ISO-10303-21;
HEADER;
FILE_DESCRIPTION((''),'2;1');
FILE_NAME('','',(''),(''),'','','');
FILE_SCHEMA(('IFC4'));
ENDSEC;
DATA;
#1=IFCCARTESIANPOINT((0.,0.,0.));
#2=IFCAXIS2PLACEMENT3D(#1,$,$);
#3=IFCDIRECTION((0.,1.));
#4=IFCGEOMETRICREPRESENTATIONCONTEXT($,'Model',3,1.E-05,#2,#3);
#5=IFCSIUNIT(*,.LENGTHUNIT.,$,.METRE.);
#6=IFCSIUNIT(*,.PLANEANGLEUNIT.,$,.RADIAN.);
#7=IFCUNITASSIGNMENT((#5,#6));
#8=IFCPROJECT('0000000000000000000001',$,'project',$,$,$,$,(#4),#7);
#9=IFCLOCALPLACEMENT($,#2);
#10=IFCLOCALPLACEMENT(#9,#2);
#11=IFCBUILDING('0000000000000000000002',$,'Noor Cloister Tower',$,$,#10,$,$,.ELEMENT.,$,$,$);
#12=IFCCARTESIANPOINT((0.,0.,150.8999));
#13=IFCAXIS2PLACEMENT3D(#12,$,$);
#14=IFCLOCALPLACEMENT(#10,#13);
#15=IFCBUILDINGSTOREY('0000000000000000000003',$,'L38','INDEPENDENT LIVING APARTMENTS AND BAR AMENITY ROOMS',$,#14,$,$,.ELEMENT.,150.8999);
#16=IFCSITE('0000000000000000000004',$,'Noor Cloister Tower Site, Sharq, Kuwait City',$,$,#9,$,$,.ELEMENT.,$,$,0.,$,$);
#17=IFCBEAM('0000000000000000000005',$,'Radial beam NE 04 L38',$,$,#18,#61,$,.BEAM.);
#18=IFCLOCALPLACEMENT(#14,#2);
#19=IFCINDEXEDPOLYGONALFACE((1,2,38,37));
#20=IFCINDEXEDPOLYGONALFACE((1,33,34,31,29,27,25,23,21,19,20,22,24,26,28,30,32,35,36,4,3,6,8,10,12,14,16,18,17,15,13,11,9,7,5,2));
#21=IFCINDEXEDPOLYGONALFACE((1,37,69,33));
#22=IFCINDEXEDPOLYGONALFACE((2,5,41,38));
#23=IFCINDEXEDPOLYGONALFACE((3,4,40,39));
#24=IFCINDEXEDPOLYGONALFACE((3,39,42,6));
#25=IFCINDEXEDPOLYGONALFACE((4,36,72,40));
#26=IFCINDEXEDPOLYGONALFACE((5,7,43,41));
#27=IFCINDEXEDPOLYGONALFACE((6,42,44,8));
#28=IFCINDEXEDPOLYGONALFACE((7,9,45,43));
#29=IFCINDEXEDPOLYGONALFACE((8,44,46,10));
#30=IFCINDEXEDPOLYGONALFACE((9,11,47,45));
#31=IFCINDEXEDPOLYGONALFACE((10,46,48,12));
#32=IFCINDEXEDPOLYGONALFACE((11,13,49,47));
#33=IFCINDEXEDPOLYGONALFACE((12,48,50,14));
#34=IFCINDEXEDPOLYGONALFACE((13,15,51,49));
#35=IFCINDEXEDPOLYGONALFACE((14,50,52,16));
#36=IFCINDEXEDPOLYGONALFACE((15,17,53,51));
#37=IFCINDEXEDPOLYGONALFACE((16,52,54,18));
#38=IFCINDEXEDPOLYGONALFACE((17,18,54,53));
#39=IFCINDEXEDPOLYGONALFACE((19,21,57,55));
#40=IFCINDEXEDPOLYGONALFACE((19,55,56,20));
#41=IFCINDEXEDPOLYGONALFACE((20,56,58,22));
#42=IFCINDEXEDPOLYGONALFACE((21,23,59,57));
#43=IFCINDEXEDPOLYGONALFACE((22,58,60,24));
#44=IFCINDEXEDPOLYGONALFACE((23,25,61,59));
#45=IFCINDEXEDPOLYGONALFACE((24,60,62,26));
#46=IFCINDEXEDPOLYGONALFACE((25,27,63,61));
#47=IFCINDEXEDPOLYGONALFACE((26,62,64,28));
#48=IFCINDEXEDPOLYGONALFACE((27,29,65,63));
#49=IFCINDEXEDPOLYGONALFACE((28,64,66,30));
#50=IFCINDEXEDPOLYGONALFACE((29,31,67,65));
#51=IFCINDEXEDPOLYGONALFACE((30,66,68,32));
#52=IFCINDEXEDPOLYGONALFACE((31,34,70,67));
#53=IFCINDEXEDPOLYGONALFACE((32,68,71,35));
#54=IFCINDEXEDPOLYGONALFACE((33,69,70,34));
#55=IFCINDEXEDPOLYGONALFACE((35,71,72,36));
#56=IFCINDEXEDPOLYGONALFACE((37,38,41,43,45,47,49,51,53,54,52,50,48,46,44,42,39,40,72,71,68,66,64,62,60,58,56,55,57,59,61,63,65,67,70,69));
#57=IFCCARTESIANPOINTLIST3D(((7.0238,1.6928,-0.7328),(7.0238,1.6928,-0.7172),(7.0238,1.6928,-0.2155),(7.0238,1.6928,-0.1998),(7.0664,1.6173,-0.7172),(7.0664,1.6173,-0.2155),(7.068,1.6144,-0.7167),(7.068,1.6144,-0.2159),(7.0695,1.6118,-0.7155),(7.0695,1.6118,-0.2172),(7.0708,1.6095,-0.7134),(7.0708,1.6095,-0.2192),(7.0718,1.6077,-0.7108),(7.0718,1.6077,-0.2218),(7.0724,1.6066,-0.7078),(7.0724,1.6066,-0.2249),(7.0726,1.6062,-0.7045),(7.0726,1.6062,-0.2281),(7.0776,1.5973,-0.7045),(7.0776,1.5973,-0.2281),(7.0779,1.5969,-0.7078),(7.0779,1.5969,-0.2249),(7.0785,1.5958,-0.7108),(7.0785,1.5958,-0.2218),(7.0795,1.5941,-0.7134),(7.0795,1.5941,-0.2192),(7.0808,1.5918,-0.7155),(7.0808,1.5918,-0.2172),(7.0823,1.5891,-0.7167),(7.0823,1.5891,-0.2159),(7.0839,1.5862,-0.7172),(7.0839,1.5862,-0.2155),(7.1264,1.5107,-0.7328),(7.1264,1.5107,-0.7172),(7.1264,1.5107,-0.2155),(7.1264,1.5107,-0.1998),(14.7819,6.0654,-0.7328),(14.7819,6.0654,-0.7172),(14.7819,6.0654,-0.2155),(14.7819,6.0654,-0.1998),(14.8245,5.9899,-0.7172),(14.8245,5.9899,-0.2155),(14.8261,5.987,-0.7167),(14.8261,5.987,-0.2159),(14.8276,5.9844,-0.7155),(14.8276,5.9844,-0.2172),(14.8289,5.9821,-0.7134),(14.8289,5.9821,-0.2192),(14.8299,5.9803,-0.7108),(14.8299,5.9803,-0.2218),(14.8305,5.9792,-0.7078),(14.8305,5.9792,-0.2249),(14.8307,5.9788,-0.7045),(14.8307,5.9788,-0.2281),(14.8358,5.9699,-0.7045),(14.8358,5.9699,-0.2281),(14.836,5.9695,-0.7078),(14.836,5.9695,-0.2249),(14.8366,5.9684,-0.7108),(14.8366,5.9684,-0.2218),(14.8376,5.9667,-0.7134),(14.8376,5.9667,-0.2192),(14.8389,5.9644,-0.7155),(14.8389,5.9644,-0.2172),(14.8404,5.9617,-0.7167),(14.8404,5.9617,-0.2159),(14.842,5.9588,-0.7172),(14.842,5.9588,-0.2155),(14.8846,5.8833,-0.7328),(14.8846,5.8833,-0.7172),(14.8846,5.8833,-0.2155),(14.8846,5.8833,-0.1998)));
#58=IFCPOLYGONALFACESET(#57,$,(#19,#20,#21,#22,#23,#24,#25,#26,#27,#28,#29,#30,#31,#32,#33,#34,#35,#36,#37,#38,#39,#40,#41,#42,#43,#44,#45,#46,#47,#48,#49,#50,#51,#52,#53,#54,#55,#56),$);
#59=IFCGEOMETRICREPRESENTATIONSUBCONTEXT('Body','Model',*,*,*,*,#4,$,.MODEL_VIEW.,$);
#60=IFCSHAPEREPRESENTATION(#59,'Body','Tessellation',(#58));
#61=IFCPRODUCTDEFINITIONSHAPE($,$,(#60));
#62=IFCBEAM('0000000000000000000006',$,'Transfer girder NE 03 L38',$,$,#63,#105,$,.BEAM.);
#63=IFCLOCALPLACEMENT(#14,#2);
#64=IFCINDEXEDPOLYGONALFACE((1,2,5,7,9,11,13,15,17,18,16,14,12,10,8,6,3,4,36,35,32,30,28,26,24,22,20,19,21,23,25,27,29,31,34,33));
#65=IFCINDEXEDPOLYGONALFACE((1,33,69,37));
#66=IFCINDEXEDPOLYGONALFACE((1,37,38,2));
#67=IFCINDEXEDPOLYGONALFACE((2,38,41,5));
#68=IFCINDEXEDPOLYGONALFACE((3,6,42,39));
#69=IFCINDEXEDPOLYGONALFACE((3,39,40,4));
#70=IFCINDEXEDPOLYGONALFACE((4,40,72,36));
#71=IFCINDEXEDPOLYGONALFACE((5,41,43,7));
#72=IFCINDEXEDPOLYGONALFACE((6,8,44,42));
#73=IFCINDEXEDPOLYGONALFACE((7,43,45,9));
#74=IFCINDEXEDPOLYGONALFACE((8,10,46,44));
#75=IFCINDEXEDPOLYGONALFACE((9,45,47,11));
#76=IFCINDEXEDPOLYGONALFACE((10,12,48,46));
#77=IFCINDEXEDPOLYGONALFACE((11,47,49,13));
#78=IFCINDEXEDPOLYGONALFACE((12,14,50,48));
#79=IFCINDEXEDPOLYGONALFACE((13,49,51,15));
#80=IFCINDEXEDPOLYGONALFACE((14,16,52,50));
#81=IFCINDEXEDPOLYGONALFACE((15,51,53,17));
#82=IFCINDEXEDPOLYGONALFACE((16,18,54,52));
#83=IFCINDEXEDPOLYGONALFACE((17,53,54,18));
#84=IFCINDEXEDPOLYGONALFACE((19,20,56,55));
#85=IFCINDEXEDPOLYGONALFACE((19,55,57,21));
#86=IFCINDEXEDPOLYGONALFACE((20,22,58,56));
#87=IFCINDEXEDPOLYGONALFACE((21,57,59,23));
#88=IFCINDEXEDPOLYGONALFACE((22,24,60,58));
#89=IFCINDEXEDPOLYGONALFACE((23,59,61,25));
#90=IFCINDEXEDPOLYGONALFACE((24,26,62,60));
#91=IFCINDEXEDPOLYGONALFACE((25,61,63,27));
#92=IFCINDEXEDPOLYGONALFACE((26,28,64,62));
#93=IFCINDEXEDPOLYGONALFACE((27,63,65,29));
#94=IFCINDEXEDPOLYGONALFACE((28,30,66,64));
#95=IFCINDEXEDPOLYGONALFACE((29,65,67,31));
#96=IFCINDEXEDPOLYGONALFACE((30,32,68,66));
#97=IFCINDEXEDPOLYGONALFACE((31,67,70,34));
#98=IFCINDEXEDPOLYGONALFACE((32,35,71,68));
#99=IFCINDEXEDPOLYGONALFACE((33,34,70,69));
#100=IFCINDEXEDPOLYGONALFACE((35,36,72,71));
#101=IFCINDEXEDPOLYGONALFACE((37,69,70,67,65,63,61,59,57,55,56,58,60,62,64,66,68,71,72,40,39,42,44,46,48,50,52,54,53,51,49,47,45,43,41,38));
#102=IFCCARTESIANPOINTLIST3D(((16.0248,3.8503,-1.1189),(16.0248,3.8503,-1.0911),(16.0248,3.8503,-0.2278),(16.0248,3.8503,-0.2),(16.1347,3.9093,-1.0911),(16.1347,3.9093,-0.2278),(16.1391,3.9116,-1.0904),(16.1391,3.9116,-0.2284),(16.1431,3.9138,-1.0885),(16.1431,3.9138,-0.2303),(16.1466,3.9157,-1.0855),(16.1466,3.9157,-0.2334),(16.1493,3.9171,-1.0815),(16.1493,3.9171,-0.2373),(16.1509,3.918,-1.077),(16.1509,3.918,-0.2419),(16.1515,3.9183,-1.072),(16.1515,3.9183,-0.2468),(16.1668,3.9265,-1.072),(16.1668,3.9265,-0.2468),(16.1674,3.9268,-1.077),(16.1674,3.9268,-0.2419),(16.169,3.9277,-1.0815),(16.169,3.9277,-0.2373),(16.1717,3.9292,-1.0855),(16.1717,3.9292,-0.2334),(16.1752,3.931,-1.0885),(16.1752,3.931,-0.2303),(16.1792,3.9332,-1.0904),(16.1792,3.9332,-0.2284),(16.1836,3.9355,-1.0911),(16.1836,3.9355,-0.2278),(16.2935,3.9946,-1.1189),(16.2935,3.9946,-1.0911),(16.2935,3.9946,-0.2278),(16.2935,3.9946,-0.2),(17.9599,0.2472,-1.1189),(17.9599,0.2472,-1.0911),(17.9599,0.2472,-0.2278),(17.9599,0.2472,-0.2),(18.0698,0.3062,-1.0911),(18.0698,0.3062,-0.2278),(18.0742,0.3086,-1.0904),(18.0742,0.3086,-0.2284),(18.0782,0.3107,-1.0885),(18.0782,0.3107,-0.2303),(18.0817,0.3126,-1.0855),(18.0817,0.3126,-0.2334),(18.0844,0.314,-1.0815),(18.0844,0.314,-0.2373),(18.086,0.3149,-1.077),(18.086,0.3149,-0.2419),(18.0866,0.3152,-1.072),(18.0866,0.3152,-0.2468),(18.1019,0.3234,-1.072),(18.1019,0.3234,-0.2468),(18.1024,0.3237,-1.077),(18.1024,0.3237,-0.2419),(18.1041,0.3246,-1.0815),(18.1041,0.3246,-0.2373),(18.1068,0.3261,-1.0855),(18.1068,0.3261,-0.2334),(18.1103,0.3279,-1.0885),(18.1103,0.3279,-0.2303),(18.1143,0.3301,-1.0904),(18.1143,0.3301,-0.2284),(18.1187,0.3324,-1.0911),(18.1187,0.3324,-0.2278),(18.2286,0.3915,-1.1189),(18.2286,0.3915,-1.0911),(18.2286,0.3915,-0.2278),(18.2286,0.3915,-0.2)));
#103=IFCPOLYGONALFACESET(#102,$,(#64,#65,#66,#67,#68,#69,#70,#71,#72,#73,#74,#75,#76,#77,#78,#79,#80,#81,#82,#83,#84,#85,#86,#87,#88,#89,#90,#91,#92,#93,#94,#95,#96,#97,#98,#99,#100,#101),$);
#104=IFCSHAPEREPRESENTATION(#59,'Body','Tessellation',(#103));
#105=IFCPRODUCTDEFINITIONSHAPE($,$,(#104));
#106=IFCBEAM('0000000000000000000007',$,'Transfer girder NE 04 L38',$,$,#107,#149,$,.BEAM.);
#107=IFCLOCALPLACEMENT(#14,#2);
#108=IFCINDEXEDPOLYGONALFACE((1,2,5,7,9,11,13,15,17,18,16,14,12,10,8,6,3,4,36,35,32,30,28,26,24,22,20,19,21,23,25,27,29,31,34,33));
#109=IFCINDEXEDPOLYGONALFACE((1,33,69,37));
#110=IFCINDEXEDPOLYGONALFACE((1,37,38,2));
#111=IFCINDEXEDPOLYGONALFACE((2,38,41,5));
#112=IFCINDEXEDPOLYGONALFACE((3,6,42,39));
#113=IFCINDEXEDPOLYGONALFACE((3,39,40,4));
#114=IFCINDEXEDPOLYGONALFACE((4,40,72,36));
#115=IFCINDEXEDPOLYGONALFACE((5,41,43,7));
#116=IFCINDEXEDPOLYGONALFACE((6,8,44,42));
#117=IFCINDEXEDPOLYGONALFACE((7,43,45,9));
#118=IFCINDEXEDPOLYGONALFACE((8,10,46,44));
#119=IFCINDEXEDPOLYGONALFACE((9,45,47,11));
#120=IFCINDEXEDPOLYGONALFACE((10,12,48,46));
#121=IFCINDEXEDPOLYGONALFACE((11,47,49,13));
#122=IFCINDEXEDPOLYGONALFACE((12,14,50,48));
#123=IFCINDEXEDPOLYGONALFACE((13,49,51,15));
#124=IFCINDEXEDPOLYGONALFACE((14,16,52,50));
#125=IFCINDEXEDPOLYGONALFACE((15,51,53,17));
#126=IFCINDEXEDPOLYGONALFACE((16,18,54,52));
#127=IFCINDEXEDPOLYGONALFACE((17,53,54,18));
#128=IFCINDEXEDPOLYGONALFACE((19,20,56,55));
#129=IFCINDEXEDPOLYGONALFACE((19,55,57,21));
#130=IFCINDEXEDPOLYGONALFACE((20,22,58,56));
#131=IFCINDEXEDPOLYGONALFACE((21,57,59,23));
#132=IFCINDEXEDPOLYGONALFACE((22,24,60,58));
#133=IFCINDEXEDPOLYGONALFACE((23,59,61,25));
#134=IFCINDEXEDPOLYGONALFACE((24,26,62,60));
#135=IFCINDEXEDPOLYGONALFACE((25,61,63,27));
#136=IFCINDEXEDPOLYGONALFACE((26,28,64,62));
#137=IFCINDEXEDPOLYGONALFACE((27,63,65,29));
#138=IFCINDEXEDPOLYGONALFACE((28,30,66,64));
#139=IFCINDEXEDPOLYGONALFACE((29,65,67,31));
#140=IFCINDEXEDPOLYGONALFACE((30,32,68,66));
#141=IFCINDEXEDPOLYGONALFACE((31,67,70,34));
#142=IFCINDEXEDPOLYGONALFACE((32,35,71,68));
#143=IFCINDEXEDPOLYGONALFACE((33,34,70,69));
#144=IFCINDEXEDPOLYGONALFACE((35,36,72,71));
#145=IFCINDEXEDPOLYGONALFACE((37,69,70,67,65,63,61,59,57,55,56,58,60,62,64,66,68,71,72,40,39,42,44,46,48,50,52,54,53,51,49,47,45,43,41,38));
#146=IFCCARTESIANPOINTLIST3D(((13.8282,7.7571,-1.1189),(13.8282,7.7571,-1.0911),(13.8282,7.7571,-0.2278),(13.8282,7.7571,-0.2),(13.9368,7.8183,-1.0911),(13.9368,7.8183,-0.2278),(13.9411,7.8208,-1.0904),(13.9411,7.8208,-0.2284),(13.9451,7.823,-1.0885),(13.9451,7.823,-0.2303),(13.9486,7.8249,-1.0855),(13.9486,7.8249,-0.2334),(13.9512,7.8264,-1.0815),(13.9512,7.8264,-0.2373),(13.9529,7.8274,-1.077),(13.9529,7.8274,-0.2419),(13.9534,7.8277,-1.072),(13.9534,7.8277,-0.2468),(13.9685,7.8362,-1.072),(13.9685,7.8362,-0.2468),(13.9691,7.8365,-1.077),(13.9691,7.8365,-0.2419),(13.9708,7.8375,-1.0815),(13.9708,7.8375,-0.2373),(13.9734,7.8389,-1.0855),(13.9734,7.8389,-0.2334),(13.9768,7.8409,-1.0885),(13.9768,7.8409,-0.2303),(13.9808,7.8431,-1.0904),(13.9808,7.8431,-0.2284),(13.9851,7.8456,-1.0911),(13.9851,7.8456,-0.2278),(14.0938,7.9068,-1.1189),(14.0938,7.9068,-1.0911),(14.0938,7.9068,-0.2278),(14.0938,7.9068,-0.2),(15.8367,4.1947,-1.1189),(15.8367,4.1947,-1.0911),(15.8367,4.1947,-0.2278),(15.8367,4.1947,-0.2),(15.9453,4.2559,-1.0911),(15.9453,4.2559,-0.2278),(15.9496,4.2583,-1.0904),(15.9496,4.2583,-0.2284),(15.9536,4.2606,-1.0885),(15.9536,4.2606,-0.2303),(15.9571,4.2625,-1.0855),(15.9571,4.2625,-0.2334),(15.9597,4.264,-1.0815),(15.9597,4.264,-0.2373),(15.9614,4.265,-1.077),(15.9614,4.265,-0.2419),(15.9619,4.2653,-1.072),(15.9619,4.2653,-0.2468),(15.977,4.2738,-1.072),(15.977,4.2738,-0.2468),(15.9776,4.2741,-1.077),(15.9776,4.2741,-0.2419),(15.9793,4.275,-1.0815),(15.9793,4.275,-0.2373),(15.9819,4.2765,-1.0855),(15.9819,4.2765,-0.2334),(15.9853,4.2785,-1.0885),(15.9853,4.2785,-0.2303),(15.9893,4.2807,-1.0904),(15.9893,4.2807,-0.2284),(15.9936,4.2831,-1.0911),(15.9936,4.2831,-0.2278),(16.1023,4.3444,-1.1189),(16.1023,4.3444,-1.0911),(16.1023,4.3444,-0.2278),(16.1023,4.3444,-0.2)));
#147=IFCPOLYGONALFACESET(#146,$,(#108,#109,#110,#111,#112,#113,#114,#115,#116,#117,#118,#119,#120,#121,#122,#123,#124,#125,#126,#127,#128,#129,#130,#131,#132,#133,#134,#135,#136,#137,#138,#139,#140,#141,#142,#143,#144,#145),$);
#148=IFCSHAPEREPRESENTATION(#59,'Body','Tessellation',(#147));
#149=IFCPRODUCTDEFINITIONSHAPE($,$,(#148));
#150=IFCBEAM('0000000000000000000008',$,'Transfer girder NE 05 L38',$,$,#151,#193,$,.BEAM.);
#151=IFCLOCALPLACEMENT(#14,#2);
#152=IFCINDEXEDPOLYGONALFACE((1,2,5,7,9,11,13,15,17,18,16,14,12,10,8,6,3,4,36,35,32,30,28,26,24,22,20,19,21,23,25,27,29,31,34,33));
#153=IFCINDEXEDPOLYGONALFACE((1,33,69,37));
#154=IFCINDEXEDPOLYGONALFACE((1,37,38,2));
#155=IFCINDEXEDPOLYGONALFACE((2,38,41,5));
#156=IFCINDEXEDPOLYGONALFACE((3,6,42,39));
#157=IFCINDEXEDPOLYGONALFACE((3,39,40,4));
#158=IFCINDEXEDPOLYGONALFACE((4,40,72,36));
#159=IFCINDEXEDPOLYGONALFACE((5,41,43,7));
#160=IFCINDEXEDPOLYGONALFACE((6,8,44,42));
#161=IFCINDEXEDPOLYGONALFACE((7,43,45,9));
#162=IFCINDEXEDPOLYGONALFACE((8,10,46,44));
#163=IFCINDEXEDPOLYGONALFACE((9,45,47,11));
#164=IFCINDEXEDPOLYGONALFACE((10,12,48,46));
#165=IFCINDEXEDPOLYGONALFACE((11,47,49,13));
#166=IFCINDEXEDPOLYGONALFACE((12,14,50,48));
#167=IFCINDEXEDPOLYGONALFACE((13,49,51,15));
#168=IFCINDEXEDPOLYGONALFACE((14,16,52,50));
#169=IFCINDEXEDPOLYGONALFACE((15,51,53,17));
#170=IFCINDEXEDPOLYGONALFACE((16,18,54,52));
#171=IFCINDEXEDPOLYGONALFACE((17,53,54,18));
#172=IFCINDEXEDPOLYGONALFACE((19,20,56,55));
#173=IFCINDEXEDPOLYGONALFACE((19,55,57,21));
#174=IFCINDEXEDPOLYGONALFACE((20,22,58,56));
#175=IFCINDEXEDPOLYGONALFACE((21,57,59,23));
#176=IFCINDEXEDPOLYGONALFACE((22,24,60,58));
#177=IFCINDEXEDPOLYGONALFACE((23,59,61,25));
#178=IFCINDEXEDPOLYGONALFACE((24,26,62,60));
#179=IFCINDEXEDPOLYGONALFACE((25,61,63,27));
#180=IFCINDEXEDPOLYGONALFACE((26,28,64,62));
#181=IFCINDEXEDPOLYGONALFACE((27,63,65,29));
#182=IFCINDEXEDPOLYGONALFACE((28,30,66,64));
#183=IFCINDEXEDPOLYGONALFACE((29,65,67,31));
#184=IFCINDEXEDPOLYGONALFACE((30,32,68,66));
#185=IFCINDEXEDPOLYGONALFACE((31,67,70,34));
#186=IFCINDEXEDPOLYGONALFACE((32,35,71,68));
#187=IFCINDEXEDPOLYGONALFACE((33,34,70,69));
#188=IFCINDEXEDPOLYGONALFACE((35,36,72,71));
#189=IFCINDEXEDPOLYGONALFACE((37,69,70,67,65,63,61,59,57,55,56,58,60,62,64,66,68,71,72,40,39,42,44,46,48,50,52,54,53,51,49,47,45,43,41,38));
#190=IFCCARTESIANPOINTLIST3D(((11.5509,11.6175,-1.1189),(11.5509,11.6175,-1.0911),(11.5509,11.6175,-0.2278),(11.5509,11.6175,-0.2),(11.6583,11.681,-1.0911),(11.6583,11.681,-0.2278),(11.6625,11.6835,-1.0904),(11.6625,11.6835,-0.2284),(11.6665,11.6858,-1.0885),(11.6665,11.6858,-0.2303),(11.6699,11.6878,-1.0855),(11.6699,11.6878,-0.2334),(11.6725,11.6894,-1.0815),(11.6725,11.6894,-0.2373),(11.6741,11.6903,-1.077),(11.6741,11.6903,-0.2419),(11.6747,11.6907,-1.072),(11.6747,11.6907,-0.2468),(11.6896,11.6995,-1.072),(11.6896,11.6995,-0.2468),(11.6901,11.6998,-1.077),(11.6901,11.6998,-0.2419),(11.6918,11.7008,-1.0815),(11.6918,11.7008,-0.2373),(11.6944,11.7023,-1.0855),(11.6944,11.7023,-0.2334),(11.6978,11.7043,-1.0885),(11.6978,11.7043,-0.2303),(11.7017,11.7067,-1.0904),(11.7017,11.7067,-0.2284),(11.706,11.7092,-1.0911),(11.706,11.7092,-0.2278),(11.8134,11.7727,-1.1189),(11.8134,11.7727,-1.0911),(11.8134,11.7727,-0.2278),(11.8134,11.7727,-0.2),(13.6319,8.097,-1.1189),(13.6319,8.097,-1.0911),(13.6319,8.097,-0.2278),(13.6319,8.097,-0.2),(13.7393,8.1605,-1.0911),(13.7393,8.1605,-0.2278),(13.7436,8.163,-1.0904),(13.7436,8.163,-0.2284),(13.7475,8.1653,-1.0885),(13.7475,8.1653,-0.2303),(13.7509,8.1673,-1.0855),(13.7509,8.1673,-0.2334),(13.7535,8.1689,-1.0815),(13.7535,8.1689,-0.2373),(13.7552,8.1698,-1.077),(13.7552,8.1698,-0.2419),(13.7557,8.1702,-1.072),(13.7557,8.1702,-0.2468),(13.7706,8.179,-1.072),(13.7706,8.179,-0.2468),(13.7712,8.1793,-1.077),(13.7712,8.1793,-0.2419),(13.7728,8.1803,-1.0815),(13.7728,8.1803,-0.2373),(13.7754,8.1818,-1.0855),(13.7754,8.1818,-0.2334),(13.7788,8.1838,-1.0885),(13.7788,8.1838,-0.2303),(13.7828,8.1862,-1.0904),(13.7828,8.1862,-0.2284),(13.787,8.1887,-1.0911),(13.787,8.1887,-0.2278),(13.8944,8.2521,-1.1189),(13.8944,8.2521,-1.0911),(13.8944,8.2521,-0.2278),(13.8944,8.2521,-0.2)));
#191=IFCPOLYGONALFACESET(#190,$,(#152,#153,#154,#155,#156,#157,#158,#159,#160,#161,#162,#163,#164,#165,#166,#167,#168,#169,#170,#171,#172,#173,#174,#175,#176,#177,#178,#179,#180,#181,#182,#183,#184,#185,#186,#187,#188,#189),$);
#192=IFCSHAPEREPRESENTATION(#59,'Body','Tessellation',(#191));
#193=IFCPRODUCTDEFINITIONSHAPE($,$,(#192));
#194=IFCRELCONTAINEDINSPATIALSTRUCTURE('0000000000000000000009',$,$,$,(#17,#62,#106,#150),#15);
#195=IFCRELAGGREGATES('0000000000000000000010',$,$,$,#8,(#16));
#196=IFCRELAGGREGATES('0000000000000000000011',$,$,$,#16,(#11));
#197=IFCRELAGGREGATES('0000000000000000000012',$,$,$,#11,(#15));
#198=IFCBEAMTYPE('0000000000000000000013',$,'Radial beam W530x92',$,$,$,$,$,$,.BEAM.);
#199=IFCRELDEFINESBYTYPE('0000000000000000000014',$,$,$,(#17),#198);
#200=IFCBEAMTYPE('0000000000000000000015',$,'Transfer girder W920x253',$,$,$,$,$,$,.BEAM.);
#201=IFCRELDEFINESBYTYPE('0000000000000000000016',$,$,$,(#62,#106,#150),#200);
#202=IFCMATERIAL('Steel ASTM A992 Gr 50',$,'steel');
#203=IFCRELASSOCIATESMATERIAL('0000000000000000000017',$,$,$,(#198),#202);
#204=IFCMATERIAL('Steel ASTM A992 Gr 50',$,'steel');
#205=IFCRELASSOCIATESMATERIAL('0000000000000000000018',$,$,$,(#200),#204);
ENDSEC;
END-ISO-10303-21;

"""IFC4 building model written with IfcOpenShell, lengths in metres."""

from ifc_helpers import new_model, si_unit, direction, frame, origin, origin_2d, place, context, subcontext, project, spatial, i_section, extrude, material, material_profile, profile_set, type_object, element, save


model = new_model("IFC4")

# Units and contexts
model_context = context("Model", 3, precision=1e-05, world=origin(), true_north=direction((0.0, 1.0)))
body_context = subcontext(model_context, "Body", "Model", "MODEL_VIEW")
ifc_project = project(units=[si_unit("LENGTHUNIT", "METRE"), si_unit("PLANEANGLEUNIT", "RADIAN")], contexts=[model_context])

# Site, building, storey
site_placement = place(None, origin())
site = spatial("IfcSite", under=ifc_project, at=site_placement, Name="Noor Cloister Tower Site, Sharq, Kuwait City", CompositionType="ELEMENT", RefElevation=0.0)
building_placement = place(site_placement, origin())
building = spatial("IfcBuilding", under=site, at=building_placement, Name="Noor Cloister Tower", CompositionType="ELEMENT")
storey_placement = place(building_placement, frame((0.0, 0.0, 150.8999)))
storey = spatial("IfcBuildingStorey", under=building, at=storey_placement, Name="L38", Description="INDEPENDENT LIVING APARTMENTS AND BAR AMENITY ROOMS", CompositionType="ELEMENT", Elevation=150.8999)

# Beams
ifc_material_1 = material(Name="Steel ASTM A992 Gr 50", Category="steel")
ifc_material_profile_1 = material_profile(ifc_material_1, i_section(OverallWidth=0.209, OverallDepth=0.533, WebThickness=0.0103, FlangeThickness=0.0156, FilletRadius=0.0127, at=origin_2d()), Name="W530x92")
ifc_profile_set_1 = profile_set([ifc_material_profile_1], Name="Steel ASTM A992 Gr 50")
beam_type_1 = type_object("IfcBeamType", Name="Radial beam W530x92", PredefinedType="BEAM", material=ifc_profile_set_1)
beam_1_placement = place(storey_placement, frame((14.8333, 5.9744, -0.4663), z_axis=(-0.87116, -0.490999, 0.0), x_axis=(0.490999, -0.87116, 0.0)))
element("IfcBeam", 1, at=beam_1_placement, inside=storey, type_object=beam_type_1, Name="Radial beam NE 04 L38", PredefinedType="BEAM", context=body_context, shape_type="SweptSolid", body=[
    extrude(i_section(OverallWidth=0.209, OverallDepth=0.533, WebThickness=0.0103, FlangeThickness=0.0156, FilletRadius=0.0127, at=origin_2d()), origin(), (0.0, 0.0, 1.0), 8.9055),
])
ifc_material_2 = material(Name="Steel ASTM A992 Gr 50", Category="steel")
ifc_material_profile_2 = material_profile(ifc_material_2, i_section(OverallWidth=0.3049, OverallDepth=0.9189, WebThickness=0.0173, FlangeThickness=0.0278, FilletRadius=0.019, at=origin_2d()), Name="W920x253")
ifc_profile_set_2 = profile_set([ifc_material_profile_2], Name="Steel ASTM A992 Gr 50")
beam_type_2 = type_object("IfcBeamType", Name="Transfer girder W920x253", PredefinedType="BEAM", material=ifc_profile_set_2)
beam_2_placement = place(storey_placement, frame((18.0942, 0.3193, -0.6594), z_axis=(-0.473146, 0.880984, 0.0), x_axis=(-0.880984, -0.473146, 0.0)))
element("IfcBeam", 2, at=beam_2_placement, inside=storey, type_object=beam_type_2, Name="Transfer girder NE 03 L38", PredefinedType="BEAM", context=body_context, shape_type="SweptSolid", body=[
    extrude(i_section(OverallWidth=0.3049, OverallDepth=0.9189, WebThickness=0.0173, FlangeThickness=0.0278, FilletRadius=0.019, at=origin_2d()), origin(), (0.0, 0.0, 1.0), 4.0898),
])
for number, where, z_axis, x_axis, name in (
    (3, (15.9695, 4.2695, -0.6594), (-0.491123, 0.87109, 0.0), (-0.87109, -0.491123, 0.0), "Transfer girder NE 04 L38"),
    (4, (13.7632, 8.1746, -0.6594), (-0.508866, 0.860846, 0.0), (-0.860846, -0.508866, 0.0), "Transfer girder NE 05 L38"),
):
    element("IfcBeam", number, at=place(storey_placement, frame(where, z_axis=z_axis, x_axis=x_axis)), inside=storey, type_object=beam_type_2, Name=name, PredefinedType="BEAM", context=body_context, shape_type="SweptSolid", body=[
        extrude(i_section(OverallWidth=0.3049, OverallDepth=0.9189, WebThickness=0.0173, FlangeThickness=0.0278, FilletRadius=0.019, at=origin_2d()), origin(), (0.0, 0.0, 1.0), 4.0896),
    ])

save(model, "model.ifc")
